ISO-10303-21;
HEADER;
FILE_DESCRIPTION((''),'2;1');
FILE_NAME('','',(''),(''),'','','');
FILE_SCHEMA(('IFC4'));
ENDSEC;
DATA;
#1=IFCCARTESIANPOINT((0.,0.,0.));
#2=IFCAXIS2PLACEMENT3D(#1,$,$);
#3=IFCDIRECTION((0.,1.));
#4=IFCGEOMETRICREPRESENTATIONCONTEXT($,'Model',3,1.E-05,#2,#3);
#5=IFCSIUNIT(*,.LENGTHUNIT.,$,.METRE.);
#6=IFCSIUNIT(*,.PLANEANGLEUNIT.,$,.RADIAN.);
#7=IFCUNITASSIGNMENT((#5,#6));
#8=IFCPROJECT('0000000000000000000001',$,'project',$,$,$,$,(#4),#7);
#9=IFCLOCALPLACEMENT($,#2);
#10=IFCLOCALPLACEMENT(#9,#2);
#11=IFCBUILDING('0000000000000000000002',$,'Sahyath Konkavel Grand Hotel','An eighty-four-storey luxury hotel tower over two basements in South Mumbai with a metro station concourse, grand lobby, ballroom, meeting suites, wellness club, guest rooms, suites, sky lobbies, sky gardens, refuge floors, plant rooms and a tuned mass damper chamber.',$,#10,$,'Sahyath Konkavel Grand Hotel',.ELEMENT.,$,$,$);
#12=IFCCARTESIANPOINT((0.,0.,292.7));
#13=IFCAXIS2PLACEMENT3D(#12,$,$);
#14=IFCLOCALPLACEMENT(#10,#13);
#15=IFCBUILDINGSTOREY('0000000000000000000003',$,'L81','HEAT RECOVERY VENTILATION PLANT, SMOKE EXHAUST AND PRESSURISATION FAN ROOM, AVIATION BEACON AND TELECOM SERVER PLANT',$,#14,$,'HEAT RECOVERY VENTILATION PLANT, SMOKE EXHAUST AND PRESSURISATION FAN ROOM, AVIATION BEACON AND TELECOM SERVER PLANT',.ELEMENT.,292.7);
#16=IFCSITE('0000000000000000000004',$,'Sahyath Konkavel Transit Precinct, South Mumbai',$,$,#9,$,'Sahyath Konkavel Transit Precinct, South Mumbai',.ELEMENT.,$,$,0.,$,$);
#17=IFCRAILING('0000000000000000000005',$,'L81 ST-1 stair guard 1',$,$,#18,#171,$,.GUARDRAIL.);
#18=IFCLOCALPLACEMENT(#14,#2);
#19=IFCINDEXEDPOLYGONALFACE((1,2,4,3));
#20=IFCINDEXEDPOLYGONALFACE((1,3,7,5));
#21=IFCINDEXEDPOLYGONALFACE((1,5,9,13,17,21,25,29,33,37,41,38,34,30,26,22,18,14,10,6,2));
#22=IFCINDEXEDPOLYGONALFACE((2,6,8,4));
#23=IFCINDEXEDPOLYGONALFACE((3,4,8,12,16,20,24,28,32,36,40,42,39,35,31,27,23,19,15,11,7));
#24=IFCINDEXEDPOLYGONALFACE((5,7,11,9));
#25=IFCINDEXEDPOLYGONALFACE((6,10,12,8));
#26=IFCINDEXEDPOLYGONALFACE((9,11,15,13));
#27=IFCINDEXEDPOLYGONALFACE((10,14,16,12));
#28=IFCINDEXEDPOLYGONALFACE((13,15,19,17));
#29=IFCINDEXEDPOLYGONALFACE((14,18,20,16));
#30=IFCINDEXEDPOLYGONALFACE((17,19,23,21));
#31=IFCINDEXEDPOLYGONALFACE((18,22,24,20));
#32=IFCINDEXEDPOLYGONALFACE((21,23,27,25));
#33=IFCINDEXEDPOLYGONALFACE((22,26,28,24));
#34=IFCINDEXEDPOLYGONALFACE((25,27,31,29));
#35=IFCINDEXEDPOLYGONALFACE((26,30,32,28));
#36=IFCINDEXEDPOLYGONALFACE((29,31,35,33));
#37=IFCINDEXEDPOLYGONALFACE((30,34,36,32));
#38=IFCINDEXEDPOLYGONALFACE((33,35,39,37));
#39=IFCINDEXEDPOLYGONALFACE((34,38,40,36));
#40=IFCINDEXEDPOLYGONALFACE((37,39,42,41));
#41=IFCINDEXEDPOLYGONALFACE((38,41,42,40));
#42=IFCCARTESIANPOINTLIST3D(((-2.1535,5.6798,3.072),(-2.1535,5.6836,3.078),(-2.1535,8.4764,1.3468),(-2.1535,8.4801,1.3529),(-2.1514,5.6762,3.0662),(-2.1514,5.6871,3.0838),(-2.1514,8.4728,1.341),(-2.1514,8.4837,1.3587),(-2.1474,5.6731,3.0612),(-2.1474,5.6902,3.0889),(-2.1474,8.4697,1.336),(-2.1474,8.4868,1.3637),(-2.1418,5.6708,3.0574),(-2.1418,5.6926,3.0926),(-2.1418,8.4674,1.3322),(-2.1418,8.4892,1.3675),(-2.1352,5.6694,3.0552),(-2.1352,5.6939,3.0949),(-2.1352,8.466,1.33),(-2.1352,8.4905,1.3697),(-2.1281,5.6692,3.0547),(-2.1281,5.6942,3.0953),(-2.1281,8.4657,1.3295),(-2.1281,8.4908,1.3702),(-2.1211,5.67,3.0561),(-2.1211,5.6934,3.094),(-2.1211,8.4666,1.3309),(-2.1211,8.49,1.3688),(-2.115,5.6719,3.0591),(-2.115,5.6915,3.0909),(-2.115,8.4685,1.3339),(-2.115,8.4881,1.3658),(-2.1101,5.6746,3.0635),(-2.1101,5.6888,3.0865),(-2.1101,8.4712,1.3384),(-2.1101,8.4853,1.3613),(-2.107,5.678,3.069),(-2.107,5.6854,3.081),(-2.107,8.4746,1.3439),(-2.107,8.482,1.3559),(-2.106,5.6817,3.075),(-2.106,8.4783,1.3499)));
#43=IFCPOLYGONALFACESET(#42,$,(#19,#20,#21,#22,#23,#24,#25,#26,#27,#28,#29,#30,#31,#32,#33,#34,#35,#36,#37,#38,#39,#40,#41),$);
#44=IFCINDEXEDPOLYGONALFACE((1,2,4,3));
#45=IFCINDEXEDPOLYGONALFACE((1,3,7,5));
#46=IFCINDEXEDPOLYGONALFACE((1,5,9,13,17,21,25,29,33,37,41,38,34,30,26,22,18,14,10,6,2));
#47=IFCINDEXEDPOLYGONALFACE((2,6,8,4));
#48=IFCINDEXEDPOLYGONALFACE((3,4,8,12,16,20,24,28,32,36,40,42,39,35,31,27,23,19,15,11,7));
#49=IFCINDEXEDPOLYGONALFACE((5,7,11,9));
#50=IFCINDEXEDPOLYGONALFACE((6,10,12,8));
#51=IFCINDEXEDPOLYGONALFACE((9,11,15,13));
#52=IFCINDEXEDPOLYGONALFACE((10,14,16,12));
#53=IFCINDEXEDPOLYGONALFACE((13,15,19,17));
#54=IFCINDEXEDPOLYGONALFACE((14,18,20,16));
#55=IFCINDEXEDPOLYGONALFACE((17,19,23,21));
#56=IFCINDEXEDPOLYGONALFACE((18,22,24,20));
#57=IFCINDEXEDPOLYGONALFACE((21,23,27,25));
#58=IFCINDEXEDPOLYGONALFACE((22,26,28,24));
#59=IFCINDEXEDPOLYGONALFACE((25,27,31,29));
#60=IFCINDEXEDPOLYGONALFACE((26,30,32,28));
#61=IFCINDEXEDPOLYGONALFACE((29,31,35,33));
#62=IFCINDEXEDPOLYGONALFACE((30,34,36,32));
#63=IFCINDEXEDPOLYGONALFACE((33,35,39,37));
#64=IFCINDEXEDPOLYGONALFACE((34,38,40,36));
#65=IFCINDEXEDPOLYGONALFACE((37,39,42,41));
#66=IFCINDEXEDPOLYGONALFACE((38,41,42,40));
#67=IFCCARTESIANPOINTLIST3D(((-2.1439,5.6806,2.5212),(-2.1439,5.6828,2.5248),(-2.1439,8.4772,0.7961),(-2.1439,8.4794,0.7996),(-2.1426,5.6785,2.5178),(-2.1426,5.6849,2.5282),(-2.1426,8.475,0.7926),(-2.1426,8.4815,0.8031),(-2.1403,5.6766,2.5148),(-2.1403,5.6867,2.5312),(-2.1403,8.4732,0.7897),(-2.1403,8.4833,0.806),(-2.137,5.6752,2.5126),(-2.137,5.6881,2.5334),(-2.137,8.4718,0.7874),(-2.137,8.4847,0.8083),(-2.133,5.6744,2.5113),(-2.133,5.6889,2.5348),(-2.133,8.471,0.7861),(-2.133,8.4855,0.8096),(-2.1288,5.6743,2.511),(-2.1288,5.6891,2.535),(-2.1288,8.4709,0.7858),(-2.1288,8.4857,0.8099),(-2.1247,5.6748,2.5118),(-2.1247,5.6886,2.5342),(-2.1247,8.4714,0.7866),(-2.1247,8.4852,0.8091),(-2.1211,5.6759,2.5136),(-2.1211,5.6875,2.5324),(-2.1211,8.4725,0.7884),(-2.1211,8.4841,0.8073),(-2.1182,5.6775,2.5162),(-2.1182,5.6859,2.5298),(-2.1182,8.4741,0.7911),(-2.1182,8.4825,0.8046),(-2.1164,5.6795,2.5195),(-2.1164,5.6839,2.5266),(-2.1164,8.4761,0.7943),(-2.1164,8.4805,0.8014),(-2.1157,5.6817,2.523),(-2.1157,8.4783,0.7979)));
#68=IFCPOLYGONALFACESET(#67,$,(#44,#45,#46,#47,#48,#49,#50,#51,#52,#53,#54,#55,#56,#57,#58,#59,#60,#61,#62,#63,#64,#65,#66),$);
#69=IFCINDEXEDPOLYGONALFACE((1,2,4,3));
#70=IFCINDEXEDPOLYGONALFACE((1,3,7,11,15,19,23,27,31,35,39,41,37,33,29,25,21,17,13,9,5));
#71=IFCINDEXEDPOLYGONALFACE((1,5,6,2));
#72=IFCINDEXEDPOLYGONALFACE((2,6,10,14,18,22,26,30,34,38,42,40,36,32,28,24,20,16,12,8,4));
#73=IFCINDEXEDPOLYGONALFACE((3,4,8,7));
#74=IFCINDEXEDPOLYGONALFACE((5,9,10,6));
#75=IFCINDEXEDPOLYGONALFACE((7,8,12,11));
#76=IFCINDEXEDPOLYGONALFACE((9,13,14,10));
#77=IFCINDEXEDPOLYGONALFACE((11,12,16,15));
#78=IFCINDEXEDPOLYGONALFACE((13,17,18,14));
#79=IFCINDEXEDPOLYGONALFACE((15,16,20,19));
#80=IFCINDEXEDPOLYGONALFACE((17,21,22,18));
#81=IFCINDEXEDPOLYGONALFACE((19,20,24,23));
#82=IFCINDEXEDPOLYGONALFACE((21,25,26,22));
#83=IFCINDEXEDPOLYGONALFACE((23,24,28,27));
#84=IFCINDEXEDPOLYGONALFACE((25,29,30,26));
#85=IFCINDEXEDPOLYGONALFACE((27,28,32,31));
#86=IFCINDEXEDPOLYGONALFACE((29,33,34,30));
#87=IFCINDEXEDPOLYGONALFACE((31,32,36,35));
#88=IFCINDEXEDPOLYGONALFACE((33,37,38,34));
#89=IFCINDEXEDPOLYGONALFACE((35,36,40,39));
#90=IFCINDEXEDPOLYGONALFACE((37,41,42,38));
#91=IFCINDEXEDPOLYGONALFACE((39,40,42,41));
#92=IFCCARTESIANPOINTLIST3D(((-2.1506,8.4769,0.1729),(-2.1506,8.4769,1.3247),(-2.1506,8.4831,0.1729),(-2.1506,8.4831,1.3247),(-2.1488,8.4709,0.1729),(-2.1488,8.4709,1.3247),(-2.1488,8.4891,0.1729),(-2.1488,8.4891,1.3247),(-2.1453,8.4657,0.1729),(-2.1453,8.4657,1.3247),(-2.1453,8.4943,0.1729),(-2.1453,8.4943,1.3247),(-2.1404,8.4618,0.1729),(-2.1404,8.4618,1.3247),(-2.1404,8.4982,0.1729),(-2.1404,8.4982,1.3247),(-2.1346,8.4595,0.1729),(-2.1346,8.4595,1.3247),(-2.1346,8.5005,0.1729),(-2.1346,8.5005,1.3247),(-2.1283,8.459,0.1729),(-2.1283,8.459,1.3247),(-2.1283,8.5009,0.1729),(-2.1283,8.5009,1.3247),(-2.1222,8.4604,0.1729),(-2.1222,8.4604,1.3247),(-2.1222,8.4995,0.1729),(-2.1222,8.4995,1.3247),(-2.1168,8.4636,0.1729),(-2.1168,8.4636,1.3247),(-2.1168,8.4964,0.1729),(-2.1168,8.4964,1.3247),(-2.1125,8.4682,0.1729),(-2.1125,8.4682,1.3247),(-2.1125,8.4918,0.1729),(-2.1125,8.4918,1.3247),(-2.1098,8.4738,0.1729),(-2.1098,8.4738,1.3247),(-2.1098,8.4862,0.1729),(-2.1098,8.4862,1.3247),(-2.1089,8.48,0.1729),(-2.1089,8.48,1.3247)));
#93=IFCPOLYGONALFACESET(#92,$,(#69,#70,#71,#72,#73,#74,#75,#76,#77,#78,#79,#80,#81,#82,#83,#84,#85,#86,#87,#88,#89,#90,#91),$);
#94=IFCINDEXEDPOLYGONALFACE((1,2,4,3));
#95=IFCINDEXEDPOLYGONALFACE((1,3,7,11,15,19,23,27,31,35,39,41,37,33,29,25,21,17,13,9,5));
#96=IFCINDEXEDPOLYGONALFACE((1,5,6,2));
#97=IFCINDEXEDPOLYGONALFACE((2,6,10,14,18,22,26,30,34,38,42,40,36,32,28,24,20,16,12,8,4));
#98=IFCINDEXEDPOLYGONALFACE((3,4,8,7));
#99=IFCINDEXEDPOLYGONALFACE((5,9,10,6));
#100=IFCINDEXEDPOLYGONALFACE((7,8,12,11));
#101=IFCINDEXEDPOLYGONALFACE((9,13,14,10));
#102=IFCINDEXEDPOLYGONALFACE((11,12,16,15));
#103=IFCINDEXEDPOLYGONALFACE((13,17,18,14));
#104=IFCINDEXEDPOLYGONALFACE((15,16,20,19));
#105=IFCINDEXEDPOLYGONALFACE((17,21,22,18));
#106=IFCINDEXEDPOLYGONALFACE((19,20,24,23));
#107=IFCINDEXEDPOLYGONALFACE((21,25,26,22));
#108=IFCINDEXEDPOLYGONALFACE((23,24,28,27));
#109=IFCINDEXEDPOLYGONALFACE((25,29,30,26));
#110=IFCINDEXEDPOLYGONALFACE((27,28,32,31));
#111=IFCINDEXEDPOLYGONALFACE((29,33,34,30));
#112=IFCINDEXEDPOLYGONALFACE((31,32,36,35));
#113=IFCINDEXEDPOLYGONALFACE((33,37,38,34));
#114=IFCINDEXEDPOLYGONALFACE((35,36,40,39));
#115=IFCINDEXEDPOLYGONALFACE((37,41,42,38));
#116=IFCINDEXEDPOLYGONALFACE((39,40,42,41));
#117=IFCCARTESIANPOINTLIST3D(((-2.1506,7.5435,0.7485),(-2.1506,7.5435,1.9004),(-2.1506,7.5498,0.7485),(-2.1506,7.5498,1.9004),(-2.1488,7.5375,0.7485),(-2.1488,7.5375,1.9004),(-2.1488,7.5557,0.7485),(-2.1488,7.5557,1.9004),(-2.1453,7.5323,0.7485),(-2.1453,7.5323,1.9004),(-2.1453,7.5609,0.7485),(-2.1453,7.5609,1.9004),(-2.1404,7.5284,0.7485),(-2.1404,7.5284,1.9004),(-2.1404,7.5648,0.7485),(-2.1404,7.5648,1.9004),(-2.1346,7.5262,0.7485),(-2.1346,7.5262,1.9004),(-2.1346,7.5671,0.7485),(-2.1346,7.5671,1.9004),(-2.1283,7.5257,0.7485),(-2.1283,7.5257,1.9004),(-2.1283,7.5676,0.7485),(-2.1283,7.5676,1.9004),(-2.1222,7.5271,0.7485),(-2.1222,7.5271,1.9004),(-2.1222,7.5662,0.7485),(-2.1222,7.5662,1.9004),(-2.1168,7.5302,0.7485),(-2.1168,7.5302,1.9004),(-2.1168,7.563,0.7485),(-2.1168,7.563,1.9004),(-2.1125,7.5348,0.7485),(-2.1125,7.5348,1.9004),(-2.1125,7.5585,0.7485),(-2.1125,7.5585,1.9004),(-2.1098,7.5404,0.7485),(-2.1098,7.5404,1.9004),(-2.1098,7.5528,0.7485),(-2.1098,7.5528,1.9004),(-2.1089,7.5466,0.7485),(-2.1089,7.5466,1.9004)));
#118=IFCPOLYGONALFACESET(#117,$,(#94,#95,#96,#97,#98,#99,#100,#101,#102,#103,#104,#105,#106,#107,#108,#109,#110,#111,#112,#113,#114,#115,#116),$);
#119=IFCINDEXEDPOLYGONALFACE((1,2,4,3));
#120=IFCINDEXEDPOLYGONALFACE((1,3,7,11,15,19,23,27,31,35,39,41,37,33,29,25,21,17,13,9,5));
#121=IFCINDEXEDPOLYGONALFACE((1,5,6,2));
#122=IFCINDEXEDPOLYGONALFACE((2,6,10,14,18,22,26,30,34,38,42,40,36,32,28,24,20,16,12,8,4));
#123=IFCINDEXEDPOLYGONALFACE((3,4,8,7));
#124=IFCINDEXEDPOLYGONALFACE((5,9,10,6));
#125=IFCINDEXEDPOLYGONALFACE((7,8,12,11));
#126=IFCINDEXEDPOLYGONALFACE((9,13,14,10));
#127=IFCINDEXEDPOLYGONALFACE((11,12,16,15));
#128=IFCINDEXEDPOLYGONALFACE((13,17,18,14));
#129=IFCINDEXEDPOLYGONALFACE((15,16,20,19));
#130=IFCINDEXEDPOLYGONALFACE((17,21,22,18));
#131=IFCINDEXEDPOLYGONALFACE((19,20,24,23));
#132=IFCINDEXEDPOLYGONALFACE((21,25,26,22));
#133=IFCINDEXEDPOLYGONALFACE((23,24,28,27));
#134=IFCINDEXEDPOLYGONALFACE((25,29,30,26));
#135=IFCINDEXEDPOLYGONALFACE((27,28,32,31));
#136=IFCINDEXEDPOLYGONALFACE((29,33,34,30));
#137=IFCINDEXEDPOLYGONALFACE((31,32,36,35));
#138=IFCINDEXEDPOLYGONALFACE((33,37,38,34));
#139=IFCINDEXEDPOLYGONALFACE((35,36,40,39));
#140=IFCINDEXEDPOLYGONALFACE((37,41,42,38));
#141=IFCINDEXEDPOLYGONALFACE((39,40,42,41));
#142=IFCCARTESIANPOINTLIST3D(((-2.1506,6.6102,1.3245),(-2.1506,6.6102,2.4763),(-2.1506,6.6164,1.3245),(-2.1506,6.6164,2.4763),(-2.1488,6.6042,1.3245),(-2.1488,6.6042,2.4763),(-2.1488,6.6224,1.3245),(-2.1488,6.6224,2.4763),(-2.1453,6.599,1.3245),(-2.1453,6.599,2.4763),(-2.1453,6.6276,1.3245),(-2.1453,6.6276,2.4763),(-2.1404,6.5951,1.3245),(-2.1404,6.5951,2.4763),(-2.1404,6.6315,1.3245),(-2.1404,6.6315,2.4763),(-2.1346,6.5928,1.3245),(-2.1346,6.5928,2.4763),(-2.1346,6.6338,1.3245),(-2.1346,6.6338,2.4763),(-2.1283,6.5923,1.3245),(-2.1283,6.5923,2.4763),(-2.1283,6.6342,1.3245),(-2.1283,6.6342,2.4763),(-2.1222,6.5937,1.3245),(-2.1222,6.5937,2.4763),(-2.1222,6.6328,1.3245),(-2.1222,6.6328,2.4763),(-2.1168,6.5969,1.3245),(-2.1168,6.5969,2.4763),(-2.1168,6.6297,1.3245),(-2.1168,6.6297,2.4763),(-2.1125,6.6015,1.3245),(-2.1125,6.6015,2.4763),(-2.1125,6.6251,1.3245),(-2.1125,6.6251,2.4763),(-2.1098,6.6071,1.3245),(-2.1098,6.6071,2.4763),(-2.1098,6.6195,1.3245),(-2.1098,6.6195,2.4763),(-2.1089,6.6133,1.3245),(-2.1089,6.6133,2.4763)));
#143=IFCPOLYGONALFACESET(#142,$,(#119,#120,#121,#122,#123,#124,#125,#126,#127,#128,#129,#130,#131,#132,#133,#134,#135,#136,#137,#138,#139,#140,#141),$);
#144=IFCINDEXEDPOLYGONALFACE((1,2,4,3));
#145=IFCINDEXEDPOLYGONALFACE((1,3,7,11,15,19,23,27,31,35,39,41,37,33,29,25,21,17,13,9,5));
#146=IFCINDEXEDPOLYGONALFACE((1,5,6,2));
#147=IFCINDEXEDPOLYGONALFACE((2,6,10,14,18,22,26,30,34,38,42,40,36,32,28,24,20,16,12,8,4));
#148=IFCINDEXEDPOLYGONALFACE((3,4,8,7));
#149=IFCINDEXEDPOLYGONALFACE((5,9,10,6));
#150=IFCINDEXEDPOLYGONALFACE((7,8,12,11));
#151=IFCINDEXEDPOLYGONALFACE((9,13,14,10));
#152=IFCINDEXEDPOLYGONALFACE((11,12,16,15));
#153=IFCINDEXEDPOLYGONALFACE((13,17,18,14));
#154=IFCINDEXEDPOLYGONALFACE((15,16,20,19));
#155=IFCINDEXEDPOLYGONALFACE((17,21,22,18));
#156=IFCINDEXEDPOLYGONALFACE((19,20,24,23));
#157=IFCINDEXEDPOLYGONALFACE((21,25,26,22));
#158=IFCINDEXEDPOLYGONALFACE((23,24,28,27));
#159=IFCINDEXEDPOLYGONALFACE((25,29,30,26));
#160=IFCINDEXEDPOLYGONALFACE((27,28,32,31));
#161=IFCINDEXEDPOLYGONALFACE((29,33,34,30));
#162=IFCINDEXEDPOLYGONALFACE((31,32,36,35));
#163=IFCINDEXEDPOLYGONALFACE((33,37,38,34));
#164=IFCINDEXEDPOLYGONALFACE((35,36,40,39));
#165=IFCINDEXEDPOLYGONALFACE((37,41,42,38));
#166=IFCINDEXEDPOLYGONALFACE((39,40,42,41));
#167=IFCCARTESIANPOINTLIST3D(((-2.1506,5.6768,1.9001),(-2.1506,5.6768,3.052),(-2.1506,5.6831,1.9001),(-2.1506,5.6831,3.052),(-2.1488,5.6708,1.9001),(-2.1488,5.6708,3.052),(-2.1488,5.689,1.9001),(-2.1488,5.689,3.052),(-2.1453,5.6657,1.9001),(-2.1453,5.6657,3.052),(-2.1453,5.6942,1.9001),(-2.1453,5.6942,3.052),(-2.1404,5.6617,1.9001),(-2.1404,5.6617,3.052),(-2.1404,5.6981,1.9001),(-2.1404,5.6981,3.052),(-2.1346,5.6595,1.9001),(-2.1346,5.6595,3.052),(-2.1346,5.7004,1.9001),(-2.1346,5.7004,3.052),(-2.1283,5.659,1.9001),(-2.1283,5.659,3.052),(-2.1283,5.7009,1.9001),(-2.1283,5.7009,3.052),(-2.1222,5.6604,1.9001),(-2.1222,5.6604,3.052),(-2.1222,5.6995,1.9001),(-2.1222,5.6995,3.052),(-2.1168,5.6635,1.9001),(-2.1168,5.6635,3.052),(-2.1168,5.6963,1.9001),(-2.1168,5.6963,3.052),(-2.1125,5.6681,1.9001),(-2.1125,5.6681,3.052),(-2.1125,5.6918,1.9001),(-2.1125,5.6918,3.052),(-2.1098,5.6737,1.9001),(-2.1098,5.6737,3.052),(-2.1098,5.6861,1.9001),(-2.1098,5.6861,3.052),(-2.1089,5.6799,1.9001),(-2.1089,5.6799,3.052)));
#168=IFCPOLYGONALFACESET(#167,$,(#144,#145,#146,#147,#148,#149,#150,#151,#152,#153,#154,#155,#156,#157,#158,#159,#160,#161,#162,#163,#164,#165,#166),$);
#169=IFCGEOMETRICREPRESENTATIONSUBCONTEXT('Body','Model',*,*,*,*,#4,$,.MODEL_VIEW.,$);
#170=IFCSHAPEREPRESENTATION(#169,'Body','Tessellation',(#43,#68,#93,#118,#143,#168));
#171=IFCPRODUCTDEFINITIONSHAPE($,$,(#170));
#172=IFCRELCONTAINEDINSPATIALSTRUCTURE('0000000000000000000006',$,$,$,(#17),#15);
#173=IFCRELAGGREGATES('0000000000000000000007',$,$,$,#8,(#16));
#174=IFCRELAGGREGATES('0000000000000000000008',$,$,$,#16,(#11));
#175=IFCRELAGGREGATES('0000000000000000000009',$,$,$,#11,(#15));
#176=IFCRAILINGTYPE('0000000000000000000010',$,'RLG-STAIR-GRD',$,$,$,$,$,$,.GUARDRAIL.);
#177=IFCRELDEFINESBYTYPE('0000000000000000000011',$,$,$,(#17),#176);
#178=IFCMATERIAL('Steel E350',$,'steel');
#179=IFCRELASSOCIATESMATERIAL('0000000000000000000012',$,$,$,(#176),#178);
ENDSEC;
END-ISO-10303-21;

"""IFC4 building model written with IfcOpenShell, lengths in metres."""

from ifc_helpers import new_model, si_unit, direction, frame, origin, origin_2d, place, context, subcontext, project, spatial, circle, extrude, material, type_object, element, save


model = new_model("IFC4")

# Units and contexts
model_context = context("Model", 3, precision=1e-05, world=origin(), true_north=direction((0.0, 1.0)))
body_context = subcontext(model_context, "Body", "Model", "MODEL_VIEW")
ifc_project = project(units=[si_unit("LENGTHUNIT", "METRE"), si_unit("PLANEANGLEUNIT", "RADIAN")], contexts=[model_context])

# Site, building, storey
site_placement = place(None, origin())
site = spatial("IfcSite", under=ifc_project, at=site_placement, Name="Sahyath Konkavel Transit Precinct, South Mumbai", LongName="Sahyath Konkavel Transit Precinct, South Mumbai", CompositionType="ELEMENT", RefElevation=0.0)
building_placement = place(site_placement, origin())
building = spatial("IfcBuilding", under=site, at=building_placement, Name="Sahyath Konkavel Grand Hotel", Description="An eighty-four-storey luxury hotel tower over two basements in South Mumbai with a metro station concourse, grand lobby, ballroom, meeting suites, wellness club, guest rooms, suites, sky lobbies, sky gardens, refuge floors, plant rooms and a tuned mass damper chamber.", LongName="Sahyath Konkavel Grand Hotel", CompositionType="ELEMENT")
storey_placement = place(building_placement, frame((0.0, 0.0, 292.7)))
storey = spatial("IfcBuildingStorey", under=building, at=storey_placement, Name="L81", Description="HEAT RECOVERY VENTILATION PLANT, SMOKE EXHAUST AND PRESSURISATION FAN ROOM, AVIATION BEACON AND TELECOM SERVER PLANT", LongName="HEAT RECOVERY VENTILATION PLANT, SMOKE EXHAUST AND PRESSURISATION FAN ROOM, AVIATION BEACON AND TELECOM SERVER PLANT", CompositionType="ELEMENT", Elevation=292.7)

# Shared definitions
ifc_material_1 = material(Name="Steel E350", Category="steel")

# Railing
railing_type_1 = type_object("IfcRailingType", Name="RLG-STAIR-GRD", PredefinedType="GUARDRAIL", material=ifc_material_1)
railing_1_placement = place(storey_placement, frame((-2.1299, 8.48, 0.1729)))
element("IfcRailing", 1, at=railing_1_placement, inside=storey, type_object=railing_type_1, Name="L81 ST-1 stair guard 1", PredefinedType="GUARDRAIL", context=body_context, shape_type="SweptSolid", body=[
    extrude(circle(Radius=0.0239, at=origin_2d()), frame((0.0, -0.0017, 1.177), z_axis=(0.0, -0.85109, 0.52502), x_axis=(1.0, 0.0, 0.0)), (0.0, 0.0, 1.0), 3.2859),
    extrude(circle(Radius=0.0142, at=origin_2d()), frame((0.0, -0.0017, 0.625), z_axis=(0.0, -0.85109, 0.52502), x_axis=(1.0, 0.0, 0.0)), (0.0, 0.0, 1.0), 3.2859),
    extrude(circle(Radius=0.021, at=origin_2d()), origin(), (0.0, 0.0, 1.0), 1.1519),
    extrude(circle(Radius=0.021, at=origin_2d()), frame((0.0, -0.9333, 0.5757)), (0.0, 0.0, 1.0), 1.1519),
    extrude(circle(Radius=0.021, at=origin_2d()), frame((0.0, -1.8667, 1.1516)), (0.0, 0.0, 1.0), 1.1519),
    extrude(circle(Radius=0.021, at=origin_2d()), frame((0.0, -2.8, 1.7273)), (0.0, 0.0, 1.0), 1.1519),
])

save(model, "model.ifc")
